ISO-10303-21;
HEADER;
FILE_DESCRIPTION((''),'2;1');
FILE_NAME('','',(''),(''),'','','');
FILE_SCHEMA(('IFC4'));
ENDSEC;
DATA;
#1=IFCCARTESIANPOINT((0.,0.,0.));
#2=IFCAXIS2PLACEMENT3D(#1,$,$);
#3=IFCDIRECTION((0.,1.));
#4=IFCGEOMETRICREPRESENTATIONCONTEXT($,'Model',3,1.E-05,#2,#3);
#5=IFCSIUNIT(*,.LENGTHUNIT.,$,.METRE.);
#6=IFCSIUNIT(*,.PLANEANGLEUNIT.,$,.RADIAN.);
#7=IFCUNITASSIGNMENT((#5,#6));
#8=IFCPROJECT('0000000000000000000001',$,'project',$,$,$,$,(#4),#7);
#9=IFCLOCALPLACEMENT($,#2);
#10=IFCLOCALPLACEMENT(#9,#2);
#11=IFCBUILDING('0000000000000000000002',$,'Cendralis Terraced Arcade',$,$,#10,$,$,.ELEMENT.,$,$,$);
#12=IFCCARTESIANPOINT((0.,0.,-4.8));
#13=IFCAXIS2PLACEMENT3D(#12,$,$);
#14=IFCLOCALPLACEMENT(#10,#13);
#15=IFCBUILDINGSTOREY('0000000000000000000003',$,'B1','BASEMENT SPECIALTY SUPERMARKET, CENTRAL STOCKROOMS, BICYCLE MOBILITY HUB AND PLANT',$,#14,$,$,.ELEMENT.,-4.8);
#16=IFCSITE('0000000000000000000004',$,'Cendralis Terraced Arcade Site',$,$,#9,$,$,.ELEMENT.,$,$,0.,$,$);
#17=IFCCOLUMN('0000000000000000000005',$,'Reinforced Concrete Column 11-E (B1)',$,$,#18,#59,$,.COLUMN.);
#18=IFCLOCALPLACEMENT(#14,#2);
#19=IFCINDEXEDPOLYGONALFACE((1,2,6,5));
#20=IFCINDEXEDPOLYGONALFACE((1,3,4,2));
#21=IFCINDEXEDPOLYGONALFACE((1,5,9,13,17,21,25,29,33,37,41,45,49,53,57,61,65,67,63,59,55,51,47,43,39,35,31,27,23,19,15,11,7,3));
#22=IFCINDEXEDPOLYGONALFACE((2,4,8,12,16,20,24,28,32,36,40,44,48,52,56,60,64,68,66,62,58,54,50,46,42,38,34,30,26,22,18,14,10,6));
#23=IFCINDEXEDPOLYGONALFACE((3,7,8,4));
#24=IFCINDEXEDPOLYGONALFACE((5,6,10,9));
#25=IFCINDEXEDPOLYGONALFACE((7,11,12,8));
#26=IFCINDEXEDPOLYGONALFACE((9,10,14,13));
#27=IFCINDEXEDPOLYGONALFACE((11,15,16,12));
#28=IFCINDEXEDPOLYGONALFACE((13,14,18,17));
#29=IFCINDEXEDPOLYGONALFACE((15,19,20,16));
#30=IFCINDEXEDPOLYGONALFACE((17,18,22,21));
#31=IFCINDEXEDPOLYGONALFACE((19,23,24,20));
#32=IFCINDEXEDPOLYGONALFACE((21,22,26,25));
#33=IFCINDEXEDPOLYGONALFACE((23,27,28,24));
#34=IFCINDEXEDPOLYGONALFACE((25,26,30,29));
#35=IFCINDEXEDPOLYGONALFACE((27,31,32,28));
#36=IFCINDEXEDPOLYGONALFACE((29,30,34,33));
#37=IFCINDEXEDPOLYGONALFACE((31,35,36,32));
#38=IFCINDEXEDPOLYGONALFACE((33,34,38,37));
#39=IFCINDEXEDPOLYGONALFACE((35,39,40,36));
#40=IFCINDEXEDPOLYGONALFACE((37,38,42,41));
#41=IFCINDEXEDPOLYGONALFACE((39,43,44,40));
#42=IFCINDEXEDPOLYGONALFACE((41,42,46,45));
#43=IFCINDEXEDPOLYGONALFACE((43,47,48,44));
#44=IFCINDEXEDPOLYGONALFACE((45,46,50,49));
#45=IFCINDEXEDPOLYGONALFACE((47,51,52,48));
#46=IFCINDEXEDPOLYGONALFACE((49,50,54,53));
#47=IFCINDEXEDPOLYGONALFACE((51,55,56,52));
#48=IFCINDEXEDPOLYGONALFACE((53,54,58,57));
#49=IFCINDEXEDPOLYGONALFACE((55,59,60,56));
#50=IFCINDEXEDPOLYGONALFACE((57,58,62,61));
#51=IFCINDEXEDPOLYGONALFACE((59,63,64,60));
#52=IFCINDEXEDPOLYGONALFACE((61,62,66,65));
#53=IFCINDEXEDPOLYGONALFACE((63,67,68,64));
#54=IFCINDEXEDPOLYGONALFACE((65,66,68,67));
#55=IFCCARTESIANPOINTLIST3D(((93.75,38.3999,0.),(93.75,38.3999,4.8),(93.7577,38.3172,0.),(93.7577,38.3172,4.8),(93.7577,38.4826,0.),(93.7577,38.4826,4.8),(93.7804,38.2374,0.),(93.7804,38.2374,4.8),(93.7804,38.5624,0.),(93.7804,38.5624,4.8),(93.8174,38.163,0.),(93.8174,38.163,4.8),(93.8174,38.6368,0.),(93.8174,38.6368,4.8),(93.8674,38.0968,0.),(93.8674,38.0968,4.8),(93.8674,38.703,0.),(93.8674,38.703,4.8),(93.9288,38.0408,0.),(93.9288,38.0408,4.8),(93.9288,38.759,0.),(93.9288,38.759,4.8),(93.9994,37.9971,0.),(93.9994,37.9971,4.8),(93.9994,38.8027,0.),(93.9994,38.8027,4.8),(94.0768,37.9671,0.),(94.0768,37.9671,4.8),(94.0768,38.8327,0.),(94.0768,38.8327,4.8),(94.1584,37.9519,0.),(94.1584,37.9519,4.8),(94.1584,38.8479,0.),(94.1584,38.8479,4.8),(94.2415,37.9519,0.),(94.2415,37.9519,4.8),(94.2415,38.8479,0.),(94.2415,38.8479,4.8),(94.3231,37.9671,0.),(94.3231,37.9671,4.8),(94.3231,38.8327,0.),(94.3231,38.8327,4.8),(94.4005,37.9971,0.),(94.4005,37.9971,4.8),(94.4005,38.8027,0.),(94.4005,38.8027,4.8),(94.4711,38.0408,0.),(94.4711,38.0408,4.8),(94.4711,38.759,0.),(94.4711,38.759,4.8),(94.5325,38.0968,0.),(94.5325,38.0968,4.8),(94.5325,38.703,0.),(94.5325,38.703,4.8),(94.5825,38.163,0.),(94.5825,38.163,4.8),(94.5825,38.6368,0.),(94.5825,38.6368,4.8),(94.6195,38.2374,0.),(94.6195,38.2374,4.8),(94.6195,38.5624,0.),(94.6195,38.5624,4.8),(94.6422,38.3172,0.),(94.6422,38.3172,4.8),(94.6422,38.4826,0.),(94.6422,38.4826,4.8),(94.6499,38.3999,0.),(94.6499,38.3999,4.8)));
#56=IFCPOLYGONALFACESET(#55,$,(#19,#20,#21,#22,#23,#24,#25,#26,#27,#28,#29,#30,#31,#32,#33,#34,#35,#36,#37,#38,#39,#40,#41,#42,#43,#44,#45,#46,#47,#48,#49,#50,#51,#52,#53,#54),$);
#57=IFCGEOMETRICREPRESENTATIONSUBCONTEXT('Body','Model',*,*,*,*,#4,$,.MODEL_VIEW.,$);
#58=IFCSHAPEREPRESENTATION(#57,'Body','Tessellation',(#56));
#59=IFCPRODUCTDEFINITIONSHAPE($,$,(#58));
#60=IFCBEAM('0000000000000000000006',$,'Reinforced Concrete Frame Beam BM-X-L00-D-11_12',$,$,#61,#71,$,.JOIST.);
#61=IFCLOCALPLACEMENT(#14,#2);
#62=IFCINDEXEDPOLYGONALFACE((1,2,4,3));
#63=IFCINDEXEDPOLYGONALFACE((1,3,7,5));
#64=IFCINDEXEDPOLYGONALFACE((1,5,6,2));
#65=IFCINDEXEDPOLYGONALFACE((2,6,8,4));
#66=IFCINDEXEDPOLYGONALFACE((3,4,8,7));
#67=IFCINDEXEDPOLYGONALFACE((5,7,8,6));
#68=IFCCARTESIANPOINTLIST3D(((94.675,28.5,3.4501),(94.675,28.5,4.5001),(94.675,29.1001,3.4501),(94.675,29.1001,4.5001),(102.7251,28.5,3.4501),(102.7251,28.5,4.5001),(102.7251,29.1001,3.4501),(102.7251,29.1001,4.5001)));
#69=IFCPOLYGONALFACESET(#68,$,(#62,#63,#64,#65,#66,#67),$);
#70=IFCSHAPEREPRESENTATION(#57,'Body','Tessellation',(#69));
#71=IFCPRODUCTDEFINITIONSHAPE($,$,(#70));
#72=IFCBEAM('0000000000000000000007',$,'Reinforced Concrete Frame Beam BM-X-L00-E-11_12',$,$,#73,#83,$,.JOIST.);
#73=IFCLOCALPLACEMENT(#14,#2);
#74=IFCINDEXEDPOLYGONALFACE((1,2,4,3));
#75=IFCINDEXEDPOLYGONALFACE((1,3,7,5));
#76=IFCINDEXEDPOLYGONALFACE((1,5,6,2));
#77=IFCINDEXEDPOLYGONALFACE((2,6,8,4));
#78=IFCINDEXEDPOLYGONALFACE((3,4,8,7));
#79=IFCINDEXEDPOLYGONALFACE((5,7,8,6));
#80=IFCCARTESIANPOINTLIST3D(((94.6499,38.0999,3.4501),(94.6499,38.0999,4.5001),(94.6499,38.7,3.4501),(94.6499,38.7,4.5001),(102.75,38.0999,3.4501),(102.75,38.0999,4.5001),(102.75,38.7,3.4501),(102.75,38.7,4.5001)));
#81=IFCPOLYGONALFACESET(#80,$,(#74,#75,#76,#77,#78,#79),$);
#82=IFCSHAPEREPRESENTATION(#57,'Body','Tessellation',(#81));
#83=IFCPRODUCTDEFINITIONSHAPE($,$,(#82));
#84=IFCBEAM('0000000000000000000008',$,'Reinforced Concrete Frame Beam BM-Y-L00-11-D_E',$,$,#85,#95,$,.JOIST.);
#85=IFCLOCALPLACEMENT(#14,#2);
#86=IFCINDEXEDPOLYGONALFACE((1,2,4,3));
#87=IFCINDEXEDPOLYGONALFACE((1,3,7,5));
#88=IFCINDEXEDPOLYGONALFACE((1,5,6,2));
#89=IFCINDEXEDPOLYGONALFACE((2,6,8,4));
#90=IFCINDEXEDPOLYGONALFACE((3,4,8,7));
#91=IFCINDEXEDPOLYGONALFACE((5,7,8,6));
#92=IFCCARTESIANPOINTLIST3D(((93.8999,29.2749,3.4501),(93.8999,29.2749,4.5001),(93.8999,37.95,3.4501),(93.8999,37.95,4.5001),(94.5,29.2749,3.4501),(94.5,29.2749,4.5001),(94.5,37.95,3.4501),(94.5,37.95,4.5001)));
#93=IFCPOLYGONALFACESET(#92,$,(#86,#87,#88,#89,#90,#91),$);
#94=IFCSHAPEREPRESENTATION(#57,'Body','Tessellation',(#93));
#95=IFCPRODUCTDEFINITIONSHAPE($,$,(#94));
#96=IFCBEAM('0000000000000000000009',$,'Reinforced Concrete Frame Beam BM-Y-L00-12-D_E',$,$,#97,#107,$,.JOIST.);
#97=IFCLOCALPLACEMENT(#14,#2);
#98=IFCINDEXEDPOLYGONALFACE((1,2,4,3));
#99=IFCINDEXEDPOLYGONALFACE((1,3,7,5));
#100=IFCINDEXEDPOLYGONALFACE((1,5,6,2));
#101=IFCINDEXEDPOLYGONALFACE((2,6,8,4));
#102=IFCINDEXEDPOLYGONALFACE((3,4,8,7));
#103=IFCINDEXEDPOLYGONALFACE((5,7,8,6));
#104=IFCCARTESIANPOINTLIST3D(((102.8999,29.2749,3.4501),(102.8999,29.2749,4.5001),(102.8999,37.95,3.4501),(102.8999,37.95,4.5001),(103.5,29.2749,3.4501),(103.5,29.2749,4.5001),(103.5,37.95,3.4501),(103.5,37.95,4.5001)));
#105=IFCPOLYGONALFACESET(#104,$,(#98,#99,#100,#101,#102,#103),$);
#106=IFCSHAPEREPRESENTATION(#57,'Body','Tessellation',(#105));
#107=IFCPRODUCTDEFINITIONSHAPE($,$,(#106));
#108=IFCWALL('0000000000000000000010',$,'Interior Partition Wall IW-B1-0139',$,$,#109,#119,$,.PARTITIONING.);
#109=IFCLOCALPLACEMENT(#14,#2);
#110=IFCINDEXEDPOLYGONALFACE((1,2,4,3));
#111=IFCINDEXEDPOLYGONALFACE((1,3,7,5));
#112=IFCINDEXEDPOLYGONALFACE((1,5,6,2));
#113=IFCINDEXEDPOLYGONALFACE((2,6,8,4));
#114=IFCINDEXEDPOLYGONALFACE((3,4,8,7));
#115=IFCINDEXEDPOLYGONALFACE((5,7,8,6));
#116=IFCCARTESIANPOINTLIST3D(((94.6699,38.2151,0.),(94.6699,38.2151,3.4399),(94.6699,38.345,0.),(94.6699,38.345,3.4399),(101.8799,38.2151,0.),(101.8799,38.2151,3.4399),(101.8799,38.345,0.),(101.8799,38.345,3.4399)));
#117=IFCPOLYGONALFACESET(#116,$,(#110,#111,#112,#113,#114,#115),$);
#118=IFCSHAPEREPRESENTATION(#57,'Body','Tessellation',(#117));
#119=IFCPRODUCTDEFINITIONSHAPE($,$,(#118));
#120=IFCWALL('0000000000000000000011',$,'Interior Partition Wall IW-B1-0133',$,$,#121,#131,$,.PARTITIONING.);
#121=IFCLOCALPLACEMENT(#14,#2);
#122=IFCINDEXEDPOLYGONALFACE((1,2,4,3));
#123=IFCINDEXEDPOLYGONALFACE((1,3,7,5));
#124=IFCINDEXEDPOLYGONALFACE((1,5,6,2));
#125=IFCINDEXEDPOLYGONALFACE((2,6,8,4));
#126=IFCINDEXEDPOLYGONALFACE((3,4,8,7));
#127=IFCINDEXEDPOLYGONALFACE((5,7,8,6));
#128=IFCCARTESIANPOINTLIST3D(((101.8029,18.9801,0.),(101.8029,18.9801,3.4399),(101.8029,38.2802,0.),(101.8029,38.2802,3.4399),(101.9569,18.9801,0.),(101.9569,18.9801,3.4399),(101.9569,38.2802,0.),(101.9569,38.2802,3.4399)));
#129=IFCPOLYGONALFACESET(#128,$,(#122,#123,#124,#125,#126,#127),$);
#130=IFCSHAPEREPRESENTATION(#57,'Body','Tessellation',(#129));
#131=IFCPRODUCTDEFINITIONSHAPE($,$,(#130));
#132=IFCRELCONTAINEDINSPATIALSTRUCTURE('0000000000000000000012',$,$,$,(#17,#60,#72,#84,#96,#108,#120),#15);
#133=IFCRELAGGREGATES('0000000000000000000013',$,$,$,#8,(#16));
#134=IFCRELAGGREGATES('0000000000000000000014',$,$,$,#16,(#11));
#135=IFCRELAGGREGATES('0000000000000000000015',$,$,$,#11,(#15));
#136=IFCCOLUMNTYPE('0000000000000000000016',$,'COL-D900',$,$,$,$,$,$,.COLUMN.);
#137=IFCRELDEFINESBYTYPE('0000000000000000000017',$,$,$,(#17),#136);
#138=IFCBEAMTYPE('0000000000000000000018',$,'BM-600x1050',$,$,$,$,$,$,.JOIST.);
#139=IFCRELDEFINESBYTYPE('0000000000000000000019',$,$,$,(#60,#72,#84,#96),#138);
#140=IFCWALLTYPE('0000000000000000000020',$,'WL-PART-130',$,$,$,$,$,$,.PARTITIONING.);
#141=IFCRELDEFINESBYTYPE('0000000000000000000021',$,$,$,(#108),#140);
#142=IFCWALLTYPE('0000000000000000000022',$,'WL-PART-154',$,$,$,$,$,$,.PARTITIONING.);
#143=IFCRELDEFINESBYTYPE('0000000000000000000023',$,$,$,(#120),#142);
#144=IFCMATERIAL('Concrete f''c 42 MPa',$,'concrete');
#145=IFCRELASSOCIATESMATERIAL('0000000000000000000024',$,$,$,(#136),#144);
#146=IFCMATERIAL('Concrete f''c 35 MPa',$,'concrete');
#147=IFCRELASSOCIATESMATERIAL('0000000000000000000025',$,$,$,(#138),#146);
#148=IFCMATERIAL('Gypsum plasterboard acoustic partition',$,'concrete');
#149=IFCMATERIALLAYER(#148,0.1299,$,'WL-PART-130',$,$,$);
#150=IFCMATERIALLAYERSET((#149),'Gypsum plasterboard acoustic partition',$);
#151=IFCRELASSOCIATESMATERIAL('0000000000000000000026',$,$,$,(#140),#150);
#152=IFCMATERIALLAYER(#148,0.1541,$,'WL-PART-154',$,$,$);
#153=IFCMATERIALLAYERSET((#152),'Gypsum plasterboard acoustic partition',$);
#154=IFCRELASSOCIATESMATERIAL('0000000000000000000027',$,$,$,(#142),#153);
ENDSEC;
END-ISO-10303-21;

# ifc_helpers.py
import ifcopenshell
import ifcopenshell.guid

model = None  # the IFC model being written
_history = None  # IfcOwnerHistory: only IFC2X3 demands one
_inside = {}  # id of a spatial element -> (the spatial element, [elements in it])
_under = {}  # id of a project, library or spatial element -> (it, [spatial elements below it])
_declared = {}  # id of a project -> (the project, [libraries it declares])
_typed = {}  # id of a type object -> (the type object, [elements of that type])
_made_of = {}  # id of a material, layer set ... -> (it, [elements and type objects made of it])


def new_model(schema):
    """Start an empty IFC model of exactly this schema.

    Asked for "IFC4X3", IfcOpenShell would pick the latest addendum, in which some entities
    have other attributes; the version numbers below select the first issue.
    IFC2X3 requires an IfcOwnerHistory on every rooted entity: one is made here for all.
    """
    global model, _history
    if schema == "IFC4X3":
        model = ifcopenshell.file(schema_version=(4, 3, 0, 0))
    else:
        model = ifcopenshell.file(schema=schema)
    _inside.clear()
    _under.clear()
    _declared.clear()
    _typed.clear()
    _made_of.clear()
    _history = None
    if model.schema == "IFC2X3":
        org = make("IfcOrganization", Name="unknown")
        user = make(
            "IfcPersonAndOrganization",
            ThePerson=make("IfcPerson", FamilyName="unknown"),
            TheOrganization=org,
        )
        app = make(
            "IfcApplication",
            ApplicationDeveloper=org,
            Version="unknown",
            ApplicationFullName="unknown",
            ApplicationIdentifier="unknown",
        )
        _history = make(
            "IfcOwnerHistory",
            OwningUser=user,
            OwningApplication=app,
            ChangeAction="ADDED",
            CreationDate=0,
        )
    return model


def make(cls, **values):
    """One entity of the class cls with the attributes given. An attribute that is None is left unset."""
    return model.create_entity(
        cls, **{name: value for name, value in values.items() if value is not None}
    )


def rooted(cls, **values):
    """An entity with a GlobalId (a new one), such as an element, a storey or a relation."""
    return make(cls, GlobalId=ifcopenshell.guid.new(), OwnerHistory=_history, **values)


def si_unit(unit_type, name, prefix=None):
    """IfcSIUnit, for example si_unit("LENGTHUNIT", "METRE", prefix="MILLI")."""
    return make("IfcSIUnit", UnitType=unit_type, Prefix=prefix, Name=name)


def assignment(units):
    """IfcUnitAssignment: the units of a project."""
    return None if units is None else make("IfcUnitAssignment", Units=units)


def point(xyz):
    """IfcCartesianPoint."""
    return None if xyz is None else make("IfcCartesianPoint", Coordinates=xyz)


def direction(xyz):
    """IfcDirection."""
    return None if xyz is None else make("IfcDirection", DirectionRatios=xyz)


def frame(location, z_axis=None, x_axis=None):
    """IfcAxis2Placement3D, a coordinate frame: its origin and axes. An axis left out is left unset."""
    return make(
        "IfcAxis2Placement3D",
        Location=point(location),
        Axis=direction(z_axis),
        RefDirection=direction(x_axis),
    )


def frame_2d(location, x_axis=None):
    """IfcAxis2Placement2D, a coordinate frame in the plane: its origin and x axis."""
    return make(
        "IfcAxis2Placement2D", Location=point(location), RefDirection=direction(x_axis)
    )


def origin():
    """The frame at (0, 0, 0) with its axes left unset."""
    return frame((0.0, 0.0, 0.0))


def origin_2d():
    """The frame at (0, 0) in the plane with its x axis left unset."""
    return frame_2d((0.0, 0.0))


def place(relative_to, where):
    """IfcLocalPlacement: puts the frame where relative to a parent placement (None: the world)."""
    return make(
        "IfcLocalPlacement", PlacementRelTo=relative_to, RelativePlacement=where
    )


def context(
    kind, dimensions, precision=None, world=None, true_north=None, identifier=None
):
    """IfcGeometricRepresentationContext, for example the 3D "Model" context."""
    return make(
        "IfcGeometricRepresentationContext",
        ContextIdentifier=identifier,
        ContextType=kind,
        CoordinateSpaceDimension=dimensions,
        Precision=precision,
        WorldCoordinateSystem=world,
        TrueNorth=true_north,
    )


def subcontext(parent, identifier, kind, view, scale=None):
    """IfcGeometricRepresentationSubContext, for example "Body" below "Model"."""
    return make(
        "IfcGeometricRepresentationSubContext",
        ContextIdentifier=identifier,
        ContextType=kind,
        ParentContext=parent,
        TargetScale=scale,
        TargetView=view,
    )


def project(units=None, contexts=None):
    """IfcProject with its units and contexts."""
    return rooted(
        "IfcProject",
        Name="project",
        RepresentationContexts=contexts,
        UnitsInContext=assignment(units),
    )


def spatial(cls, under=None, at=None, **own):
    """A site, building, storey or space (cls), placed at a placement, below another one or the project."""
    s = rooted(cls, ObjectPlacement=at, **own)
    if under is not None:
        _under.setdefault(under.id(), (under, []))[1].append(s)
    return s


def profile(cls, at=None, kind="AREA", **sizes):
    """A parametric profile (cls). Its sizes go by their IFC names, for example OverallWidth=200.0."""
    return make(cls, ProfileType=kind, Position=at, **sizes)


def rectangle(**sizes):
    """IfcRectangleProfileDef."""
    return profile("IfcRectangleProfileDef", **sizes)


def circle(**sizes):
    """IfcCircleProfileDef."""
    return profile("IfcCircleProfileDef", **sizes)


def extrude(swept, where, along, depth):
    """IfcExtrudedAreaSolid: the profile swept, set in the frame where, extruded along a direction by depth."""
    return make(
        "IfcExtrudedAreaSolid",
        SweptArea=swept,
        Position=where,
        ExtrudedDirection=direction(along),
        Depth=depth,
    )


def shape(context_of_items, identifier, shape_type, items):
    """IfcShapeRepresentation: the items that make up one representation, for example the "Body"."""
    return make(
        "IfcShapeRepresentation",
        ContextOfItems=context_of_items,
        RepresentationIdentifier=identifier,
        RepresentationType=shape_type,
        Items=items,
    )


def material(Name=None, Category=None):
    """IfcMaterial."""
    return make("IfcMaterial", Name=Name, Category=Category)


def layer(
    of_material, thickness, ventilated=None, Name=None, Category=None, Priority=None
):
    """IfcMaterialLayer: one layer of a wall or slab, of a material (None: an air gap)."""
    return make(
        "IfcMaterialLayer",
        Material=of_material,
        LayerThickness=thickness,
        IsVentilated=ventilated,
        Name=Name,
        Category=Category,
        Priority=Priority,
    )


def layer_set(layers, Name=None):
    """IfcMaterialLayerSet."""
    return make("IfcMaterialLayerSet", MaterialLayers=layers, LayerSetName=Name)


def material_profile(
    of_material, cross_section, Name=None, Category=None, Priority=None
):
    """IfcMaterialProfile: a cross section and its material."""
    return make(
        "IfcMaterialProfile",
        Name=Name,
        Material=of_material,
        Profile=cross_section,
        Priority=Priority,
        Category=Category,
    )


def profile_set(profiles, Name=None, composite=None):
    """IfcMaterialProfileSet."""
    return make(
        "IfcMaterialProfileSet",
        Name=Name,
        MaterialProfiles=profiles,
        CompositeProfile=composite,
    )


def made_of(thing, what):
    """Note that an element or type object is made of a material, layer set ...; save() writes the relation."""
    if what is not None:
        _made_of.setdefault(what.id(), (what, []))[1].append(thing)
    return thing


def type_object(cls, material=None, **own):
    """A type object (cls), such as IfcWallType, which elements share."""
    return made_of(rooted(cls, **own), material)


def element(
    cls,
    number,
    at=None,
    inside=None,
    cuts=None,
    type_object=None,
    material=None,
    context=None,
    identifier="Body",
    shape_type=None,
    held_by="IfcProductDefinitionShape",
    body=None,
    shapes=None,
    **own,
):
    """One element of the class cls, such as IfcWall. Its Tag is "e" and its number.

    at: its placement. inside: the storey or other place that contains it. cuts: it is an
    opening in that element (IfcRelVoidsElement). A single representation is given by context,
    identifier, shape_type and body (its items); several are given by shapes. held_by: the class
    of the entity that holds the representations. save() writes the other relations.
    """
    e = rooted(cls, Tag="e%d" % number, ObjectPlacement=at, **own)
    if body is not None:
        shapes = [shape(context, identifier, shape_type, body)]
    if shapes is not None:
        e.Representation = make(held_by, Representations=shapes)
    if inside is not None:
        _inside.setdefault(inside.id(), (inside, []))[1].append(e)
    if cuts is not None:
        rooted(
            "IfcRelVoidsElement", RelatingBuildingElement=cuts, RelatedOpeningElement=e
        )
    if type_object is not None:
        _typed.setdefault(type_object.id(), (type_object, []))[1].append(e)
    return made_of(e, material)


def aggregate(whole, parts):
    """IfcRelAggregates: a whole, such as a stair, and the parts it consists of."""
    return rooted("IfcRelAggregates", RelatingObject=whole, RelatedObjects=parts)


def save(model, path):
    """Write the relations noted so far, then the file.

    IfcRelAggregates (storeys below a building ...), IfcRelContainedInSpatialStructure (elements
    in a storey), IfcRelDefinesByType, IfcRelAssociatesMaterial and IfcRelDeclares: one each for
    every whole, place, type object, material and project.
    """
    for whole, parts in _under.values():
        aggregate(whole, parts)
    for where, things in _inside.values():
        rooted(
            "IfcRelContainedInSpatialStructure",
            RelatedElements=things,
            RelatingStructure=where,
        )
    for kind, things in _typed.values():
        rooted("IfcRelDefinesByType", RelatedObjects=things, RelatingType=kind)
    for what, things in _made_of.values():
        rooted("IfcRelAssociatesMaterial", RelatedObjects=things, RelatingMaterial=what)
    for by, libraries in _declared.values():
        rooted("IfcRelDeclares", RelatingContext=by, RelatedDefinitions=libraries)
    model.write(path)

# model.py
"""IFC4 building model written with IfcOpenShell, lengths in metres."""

from ifc_helpers import new_model, si_unit, direction, frame, frame_2d, origin, origin_2d, place, context, subcontext, project, spatial, rectangle, circle, extrude, material, layer, layer_set, material_profile, profile_set, type_object, element, save


model = new_model("IFC4")

# Units and contexts
model_context = context("Model", 3, precision=1e-05, world=origin(), true_north=direction((0.0, 1.0)))
body_context = subcontext(model_context, "Body", "Model", "MODEL_VIEW")
ifc_project = project(units=[si_unit("LENGTHUNIT", "METRE"), si_unit("PLANEANGLEUNIT", "RADIAN")], contexts=[model_context])

# Site, building, storey
site_placement = place(None, origin())
site = spatial("IfcSite", under=ifc_project, at=site_placement, Name="Cendralis Terraced Arcade Site", CompositionType="ELEMENT", RefElevation=0.0)
building_placement = place(site_placement, origin())
building = spatial("IfcBuilding", under=site, at=building_placement, Name="Cendralis Terraced Arcade", CompositionType="ELEMENT")
storey_placement = place(building_placement, frame((0.0, 0.0, -4.8)))
storey = spatial("IfcBuildingStorey", under=building, at=storey_placement, Name="B1", Description="BASEMENT SPECIALTY SUPERMARKET, CENTRAL STOCKROOMS, BICYCLE MOBILITY HUB AND PLANT", CompositionType="ELEMENT", Elevation=-4.8)

# Shared definitions
ifc_material_1 = material(Name="Concrete f'c 35 MPa", Category="concrete")

# Column
ifc_material_2 = material(Name="Concrete f'c 42 MPa", Category="concrete")
ifc_material_profile_1 = material_profile(ifc_material_2, circle(Radius=0.45, at=origin_2d()), Name="RC-COL-D900", Category="LoadBearing")
ifc_profile_set_1 = profile_set([ifc_material_profile_1], Name="Concrete f'c 42 MPa")
column_type_1 = type_object("IfcColumnType", Name="COL-D900", PredefinedType="COLUMN", material=ifc_profile_set_1)
column_placement = place(storey_placement, frame((94.2, 38.3999, 0.0), z_axis=(0.0, 0.0, 1.0), x_axis=(1.0, 0.0, 0.0)))
element("IfcColumn", 1, at=column_placement, inside=storey, type_object=column_type_1, Name="Reinforced Concrete Column 11-E (B1)", PredefinedType="COLUMN", context=body_context, shape_type="SweptSolid", body=[
    extrude(circle(Radius=0.45, at=origin_2d()), origin(), (0.0, 0.0, 1.0), 4.8),
])

# Beams
ifc_material_profile_2 = material_profile(ifc_material_1, rectangle(XDim=0.6001, YDim=1.05, at=origin_2d()), Name="RC-BM-600x1050", Category="LoadBearing")
ifc_profile_set_2 = profile_set([ifc_material_profile_2], Name="Concrete f'c 35 MPa")
beam_type = type_object("IfcBeamType", Name="BM-600x1050", PredefinedType="JOIST", material=ifc_profile_set_2)
beam_1_placement = place(storey_placement, frame((94.675, 28.8, 3.9751), z_axis=(1.0, 0.0, 0.0), x_axis=(0.0, 1.0, 0.0)))
element("IfcBeam", 2, at=beam_1_placement, inside=storey, type_object=beam_type, Name="Reinforced Concrete Frame Beam BM-X-L00-D-11_12", PredefinedType="JOIST", context=body_context, shape_type="SweptSolid", body=[
    extrude(rectangle(XDim=0.6001, YDim=1.05, at=origin_2d()), origin(), (0.0, 0.0, 1.0), 8.05),
])
beam_2_placement = place(storey_placement, frame((94.6499, 38.3999, 3.9751), z_axis=(1.0, 0.0, 0.0), x_axis=(0.0, 1.0, 0.0)))
element("IfcBeam", 3, at=beam_2_placement, inside=storey, type_object=beam_type, Name="Reinforced Concrete Frame Beam BM-X-L00-E-11_12", PredefinedType="JOIST", context=body_context, shape_type="SweptSolid", body=[
    extrude(rectangle(XDim=0.6001, YDim=1.05, at=origin_2d()), origin(), (0.0, 0.0, 1.0), 8.1001),
])
for number, where, z_axis, x_axis, name in (
    (4, (94.2, 29.2749, 3.9751), (0.0, 1.0, 0.0), (-1.0, 0.0, 0.0), "Reinforced Concrete Frame Beam BM-Y-L00-11-D_E"),
    (5, (103.2, 29.2749, 3.9751), (0.0, 1.0, 0.0), (-1.0, 0.0, 0.0), "Reinforced Concrete Frame Beam BM-Y-L00-12-D_E"),
):
    element("IfcBeam", number, at=place(storey_placement, frame(where, z_axis=z_axis, x_axis=x_axis)), inside=storey, type_object=beam_type, Name=name, PredefinedType="JOIST", context=body_context, shape_type="SweptSolid", body=[
        extrude(rectangle(XDim=0.6001, YDim=1.05, at=origin_2d()), origin(), (0.0, 0.0, 1.0), 8.675),
    ])

# Walls
ifc_material_3 = material(Name="Gypsum plasterboard acoustic partition", Category="concrete")
ifc_layer_1 = layer(ifc_material_3, 0.1299, Name="WL-PART-130")
ifc_layer_set_1 = layer_set([ifc_layer_1], Name="Gypsum plasterboard acoustic partition")
wall_type_1 = type_object("IfcWallType", Name="WL-PART-130", PredefinedType="PARTITIONING", material=ifc_layer_set_1)
wall_1_placement = place(storey_placement, frame((94.6699, 38.28, 0.0), z_axis=(0.0, 0.0, 1.0), x_axis=(1.0, 0.0, 0.0)))
element("IfcWall", 6, at=wall_1_placement, inside=storey, type_object=wall_type_1, Name="Interior Partition Wall IW-B1-0139", PredefinedType="PARTITIONING", context=body_context, shape_type="SweptSolid", body=[
    extrude(rectangle(XDim=7.21, YDim=0.1299, at=frame_2d((3.605, 0.0))), origin(), (0.0, 0.0, 1.0), 3.4399),
])
ifc_layer_2 = layer(ifc_material_3, 0.1541, Name="WL-PART-154")
ifc_layer_set_2 = layer_set([ifc_layer_2], Name="Gypsum plasterboard acoustic partition")
wall_type_2 = type_object("IfcWallType", Name="WL-PART-154", PredefinedType="PARTITIONING", material=ifc_layer_set_2)
wall_2_placement = place(storey_placement, frame((101.8799, 38.28, 0.0), z_axis=(0.0, 0.0, 1.0), x_axis=(0.0, -1.0, 0.0)))
element("IfcWall", 7, at=wall_2_placement, inside=storey, type_object=wall_type_2, Name="Interior Partition Wall IW-B1-0133", PredefinedType="PARTITIONING", context=body_context, shape_type="SweptSolid", body=[
    extrude(rectangle(XDim=19.3, YDim=0.1541, at=frame_2d((9.6499, 0.0))), origin(), (0.0, 0.0, 1.0), 3.4399),
])

save(model, "model.ifc")
